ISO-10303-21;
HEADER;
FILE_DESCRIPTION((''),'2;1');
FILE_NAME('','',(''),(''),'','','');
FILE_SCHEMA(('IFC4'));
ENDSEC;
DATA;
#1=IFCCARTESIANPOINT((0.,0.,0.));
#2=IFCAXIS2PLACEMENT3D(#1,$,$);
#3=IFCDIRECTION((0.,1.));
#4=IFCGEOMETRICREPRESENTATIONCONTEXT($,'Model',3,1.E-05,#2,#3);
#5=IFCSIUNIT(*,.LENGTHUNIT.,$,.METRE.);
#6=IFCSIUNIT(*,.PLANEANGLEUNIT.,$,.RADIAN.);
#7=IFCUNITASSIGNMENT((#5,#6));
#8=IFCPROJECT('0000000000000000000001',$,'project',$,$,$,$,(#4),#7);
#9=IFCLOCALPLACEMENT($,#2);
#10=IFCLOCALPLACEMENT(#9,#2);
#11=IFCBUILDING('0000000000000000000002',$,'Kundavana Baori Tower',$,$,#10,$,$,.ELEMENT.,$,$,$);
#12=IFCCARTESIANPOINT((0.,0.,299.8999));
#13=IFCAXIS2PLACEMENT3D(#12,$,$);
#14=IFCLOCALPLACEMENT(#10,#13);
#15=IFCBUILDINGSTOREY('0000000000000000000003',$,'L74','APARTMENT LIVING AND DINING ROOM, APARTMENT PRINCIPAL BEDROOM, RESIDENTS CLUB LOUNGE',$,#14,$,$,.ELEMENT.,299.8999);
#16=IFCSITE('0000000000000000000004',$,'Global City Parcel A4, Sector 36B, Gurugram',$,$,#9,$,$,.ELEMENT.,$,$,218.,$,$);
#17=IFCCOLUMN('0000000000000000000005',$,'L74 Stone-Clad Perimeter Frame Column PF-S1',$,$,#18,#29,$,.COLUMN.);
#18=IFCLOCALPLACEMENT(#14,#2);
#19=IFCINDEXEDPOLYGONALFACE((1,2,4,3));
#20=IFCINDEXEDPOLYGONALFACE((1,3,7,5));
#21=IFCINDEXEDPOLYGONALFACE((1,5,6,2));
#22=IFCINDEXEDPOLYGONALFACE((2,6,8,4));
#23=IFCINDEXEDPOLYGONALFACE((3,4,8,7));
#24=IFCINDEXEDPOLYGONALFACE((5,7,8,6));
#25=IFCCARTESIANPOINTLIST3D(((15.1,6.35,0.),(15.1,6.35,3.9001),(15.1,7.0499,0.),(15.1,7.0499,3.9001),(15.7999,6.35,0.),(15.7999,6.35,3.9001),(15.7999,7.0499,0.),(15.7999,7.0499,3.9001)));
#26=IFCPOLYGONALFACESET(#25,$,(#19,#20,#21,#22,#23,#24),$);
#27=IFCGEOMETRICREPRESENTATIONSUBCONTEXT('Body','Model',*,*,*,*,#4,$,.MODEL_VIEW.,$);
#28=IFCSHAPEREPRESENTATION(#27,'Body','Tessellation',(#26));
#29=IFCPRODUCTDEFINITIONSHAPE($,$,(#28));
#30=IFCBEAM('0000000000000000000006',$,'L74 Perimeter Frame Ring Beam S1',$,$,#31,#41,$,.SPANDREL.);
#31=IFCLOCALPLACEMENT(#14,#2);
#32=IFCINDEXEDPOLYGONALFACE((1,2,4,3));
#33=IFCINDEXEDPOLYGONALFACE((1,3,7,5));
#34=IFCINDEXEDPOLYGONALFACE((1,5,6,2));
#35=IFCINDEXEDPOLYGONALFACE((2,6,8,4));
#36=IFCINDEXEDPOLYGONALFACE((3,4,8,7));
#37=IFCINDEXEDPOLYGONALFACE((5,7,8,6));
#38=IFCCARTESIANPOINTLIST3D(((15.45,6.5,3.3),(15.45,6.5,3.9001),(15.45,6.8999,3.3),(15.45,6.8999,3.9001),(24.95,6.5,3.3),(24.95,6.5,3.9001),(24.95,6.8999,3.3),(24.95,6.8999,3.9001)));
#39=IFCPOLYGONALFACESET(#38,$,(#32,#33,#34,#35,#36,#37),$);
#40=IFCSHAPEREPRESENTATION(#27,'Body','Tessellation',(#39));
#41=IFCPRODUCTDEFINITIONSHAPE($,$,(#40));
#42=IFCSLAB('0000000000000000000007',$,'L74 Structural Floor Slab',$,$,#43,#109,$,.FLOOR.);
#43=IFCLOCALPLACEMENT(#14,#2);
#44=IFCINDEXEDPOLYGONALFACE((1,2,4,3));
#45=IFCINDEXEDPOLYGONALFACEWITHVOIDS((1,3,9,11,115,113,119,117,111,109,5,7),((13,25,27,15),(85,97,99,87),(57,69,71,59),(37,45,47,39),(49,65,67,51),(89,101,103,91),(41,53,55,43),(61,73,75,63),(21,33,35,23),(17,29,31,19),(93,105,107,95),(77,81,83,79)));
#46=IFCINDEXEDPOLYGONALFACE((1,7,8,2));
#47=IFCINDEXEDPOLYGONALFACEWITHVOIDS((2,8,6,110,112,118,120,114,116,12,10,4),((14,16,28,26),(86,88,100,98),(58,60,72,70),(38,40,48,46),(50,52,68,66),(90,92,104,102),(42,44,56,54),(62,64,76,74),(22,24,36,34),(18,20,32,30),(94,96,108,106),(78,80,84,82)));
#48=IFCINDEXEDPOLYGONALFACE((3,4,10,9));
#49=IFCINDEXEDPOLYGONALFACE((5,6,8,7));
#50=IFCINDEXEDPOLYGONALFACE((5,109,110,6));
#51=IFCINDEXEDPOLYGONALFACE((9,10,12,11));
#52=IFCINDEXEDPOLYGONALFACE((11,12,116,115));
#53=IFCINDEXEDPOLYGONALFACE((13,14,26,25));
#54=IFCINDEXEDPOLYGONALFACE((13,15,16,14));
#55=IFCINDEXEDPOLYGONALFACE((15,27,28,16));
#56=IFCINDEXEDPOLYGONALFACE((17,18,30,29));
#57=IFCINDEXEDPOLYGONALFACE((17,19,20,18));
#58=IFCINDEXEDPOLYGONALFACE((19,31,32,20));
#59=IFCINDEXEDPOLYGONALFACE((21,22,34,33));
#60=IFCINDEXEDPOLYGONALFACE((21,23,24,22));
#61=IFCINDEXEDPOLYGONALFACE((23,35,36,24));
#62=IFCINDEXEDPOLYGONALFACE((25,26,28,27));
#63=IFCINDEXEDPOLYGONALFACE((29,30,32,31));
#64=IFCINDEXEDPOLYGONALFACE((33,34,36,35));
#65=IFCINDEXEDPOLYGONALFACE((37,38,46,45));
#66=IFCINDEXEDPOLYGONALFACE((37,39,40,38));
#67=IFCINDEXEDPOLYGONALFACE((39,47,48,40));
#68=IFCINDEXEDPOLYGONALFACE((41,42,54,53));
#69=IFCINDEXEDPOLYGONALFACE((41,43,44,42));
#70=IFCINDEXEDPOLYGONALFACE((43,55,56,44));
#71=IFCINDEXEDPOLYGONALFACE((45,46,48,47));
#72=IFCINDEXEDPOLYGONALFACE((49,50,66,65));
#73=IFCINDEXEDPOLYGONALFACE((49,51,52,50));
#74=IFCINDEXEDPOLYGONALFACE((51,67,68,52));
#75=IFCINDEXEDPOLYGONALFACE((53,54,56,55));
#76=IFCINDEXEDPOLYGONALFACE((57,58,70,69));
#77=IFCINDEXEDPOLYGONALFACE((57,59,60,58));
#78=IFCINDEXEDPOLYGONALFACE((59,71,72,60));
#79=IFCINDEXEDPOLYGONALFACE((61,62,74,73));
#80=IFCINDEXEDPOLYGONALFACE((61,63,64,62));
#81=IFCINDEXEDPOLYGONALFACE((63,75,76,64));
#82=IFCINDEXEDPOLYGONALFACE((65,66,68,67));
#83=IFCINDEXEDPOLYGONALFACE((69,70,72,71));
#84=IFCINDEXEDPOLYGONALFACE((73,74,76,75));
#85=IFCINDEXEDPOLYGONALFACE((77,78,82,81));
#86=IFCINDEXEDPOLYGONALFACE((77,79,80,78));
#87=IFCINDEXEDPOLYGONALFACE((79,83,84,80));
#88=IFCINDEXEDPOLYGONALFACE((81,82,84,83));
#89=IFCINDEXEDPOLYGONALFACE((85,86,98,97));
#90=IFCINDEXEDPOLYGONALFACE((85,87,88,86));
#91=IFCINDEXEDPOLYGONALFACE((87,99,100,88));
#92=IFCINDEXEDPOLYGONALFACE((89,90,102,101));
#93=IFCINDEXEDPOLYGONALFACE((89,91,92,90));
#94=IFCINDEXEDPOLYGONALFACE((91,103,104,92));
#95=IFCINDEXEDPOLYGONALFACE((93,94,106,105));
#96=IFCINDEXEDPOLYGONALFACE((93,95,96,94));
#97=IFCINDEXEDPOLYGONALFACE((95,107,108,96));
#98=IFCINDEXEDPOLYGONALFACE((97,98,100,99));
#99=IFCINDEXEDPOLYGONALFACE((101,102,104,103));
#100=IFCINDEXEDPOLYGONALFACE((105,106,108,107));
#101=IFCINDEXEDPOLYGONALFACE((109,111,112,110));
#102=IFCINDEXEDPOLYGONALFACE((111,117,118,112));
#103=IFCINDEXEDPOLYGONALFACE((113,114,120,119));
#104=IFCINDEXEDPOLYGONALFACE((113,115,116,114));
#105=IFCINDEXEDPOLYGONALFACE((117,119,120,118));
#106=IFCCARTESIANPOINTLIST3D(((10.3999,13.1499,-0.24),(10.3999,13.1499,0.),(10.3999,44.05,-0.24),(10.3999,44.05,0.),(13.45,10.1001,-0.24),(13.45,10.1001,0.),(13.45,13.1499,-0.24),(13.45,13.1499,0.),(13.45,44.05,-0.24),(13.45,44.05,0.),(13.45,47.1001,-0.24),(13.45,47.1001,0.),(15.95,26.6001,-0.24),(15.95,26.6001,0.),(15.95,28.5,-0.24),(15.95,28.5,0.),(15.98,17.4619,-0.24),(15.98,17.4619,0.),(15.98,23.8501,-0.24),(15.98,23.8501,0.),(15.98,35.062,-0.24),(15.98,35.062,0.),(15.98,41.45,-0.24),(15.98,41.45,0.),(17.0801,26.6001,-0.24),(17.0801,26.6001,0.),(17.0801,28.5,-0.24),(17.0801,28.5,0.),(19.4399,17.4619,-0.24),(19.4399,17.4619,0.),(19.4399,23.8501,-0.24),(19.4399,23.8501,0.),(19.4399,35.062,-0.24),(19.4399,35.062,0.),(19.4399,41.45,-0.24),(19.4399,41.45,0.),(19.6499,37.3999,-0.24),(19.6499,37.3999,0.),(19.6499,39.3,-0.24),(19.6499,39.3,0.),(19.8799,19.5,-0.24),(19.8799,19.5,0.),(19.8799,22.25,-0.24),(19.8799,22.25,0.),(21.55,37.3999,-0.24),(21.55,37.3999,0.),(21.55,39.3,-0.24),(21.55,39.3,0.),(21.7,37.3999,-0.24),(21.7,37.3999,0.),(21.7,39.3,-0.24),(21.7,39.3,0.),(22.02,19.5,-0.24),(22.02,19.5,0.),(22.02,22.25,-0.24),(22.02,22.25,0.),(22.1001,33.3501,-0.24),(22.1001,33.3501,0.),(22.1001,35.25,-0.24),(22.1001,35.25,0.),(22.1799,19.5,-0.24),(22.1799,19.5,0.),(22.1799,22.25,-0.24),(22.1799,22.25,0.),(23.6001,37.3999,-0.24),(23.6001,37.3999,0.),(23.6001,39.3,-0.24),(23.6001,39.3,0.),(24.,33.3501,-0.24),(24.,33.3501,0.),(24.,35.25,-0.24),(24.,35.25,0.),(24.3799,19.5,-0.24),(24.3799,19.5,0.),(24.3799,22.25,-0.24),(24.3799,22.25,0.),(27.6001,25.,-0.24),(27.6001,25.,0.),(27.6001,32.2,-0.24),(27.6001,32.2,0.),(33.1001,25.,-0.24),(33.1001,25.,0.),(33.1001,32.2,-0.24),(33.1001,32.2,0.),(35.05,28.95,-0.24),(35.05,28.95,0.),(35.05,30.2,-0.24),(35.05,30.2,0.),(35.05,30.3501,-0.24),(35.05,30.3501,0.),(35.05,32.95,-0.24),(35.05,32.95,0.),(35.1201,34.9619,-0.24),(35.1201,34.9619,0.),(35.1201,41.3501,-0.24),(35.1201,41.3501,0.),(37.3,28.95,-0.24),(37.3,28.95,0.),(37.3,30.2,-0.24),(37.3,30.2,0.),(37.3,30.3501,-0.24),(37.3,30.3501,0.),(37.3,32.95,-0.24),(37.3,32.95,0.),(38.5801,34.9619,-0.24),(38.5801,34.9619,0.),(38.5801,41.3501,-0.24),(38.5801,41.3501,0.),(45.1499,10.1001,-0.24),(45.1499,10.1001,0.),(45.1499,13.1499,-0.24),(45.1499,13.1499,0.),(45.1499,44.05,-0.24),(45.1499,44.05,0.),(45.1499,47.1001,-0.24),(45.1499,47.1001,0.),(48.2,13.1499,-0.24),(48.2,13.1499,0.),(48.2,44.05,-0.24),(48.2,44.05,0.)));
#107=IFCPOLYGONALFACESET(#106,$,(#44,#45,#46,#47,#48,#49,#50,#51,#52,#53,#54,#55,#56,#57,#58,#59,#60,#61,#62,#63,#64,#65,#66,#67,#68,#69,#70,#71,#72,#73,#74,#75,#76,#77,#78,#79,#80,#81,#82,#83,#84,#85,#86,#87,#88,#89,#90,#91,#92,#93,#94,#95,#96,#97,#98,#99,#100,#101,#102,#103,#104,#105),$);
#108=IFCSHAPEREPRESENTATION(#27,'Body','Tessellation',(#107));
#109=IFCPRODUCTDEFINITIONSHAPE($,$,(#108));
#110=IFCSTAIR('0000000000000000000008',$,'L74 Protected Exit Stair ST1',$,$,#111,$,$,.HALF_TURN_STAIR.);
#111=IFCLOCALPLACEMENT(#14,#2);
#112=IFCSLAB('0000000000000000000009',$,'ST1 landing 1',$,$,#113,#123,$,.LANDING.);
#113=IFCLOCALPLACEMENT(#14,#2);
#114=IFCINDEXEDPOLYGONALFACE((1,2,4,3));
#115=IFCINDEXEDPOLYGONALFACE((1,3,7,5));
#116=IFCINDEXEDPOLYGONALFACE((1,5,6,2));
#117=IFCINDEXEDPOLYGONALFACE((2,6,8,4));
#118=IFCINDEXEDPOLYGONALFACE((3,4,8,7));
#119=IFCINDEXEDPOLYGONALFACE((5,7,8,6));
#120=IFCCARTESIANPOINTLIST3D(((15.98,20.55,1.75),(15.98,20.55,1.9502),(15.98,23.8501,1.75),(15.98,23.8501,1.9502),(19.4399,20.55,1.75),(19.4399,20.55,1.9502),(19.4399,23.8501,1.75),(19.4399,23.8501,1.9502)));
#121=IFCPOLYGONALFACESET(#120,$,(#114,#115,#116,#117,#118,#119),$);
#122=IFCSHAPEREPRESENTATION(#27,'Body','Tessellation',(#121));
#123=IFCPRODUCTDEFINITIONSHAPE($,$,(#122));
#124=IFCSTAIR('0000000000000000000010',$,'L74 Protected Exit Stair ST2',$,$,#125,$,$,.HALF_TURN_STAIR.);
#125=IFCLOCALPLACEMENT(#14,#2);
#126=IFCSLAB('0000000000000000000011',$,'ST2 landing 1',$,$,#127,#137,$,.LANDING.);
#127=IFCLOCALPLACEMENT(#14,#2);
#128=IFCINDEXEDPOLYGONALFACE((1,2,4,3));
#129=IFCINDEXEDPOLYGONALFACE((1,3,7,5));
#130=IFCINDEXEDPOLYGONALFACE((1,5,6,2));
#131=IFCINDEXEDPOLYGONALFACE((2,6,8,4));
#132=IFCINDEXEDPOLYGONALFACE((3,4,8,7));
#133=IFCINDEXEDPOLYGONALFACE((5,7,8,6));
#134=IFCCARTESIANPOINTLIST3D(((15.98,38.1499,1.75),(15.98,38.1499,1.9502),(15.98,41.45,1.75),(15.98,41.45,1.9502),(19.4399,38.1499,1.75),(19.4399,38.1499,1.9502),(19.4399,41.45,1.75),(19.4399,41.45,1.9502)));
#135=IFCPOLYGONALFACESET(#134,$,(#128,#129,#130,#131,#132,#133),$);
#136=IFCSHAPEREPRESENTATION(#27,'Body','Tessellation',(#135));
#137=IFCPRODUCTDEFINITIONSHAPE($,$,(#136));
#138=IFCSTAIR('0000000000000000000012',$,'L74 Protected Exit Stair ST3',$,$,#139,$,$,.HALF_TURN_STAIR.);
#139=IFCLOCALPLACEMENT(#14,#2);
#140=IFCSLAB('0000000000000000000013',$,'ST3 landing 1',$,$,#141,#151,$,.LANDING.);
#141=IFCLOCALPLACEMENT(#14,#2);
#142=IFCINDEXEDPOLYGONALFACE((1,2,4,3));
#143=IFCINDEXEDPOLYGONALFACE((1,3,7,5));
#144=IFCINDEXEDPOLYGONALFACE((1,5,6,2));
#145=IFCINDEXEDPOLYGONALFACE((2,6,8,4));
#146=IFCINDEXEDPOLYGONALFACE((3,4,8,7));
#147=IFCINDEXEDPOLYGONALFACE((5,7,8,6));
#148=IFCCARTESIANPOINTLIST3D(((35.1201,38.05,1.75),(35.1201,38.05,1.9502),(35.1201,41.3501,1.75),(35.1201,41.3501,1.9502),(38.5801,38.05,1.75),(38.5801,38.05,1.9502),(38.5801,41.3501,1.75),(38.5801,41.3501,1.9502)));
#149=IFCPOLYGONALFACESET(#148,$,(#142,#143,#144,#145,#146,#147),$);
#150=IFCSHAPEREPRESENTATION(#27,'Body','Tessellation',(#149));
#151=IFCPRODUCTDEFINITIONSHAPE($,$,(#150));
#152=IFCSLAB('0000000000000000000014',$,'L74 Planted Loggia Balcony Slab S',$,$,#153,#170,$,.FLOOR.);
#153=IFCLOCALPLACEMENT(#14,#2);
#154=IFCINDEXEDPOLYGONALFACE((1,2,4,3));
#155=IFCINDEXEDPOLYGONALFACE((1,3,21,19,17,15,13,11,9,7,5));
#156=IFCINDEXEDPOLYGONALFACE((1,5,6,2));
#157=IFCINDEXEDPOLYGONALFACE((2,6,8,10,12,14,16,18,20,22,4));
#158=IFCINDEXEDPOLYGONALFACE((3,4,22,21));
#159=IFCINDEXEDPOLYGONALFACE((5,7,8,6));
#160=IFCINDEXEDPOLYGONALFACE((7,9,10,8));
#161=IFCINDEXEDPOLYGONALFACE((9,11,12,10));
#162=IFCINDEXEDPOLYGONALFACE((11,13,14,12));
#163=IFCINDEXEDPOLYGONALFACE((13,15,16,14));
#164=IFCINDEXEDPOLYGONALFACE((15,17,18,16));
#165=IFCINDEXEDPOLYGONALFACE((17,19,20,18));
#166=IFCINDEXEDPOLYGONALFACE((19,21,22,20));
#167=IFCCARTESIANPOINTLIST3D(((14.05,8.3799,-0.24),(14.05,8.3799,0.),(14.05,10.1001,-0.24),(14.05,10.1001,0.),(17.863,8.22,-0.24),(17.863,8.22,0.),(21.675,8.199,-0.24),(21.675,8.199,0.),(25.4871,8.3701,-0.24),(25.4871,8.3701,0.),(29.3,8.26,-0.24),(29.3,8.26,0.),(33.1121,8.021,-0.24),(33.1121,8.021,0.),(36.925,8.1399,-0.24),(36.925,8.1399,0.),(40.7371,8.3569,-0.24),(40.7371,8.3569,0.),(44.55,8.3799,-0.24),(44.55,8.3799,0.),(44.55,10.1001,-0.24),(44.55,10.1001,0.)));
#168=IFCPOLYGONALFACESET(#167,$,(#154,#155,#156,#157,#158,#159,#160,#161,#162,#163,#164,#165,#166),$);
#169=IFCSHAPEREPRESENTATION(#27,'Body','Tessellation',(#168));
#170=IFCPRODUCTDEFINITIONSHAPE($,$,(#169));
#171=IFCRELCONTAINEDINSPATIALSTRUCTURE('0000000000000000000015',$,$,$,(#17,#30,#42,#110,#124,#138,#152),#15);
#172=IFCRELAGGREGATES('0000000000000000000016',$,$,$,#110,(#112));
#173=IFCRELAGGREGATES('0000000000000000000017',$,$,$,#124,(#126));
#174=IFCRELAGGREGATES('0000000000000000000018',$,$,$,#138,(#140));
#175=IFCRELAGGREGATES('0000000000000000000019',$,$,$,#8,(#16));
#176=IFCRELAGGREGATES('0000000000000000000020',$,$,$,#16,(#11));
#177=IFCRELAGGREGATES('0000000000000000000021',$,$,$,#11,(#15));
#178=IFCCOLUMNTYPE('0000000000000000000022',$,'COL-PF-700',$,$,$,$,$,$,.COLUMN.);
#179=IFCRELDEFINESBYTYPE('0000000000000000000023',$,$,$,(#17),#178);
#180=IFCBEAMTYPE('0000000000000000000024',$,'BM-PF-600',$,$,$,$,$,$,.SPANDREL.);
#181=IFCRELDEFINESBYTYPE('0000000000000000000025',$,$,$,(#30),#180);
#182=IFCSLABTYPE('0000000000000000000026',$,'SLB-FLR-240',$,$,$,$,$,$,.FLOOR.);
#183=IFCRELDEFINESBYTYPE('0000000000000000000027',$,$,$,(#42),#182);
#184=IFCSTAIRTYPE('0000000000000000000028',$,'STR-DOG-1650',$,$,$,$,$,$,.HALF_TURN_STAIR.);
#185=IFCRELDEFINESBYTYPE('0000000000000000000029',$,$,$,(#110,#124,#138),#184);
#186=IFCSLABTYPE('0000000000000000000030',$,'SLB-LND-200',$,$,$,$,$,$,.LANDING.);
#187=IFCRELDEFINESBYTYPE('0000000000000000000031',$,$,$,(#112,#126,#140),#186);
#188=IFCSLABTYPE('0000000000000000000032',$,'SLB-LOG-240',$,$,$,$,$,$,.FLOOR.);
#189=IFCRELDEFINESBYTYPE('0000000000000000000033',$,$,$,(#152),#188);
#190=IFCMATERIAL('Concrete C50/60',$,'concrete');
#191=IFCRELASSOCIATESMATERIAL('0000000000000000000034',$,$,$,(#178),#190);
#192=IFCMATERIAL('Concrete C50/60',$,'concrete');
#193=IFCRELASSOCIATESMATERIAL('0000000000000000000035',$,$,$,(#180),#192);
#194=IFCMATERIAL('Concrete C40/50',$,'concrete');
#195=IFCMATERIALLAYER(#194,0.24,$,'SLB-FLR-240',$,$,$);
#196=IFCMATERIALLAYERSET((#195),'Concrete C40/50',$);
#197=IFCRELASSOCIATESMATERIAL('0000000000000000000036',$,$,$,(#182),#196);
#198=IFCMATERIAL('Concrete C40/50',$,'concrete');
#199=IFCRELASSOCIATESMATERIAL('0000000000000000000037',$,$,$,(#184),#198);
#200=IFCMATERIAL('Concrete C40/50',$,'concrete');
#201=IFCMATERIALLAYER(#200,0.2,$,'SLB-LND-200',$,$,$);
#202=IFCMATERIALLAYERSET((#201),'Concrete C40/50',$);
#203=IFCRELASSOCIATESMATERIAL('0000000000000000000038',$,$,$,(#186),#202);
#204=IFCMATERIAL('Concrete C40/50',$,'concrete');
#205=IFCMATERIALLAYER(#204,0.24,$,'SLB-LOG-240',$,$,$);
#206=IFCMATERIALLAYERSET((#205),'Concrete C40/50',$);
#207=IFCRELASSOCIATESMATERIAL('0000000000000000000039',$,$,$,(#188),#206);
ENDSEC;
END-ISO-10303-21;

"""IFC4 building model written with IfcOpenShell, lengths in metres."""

from ifc_helpers import new_model, si_unit, direction, frame, origin, origin_2d, place, context, subcontext, project, spatial, polyline, rectangle, outline, extrude, material, layer, layer_set, material_profile, profile_set, type_object, element, aggregate, save


model = new_model("IFC4")

# Units and contexts
model_context = context("Model", 3, precision=1e-05, world=origin(), true_north=direction((0.0, 1.0)))
body_context = subcontext(model_context, "Body", "Model", "MODEL_VIEW")
ifc_project = project(units=[si_unit("LENGTHUNIT", "METRE"), si_unit("PLANEANGLEUNIT", "RADIAN")], contexts=[model_context])

# Site, building, storey
site_placement = place(None, origin())
site = spatial("IfcSite", under=ifc_project, at=site_placement, Name="Global City Parcel A4, Sector 36B, Gurugram", CompositionType="ELEMENT", RefElevation=218.0)
building_placement = place(site_placement, origin())
building = spatial("IfcBuilding", under=site, at=building_placement, Name="Kundavana Baori Tower", CompositionType="ELEMENT")
storey_placement = place(building_placement, frame((0.0, 0.0, 299.8999)))
storey = spatial("IfcBuildingStorey", under=building, at=storey_placement, Name="L74", Description="APARTMENT LIVING AND DINING ROOM, APARTMENT PRINCIPAL BEDROOM, RESIDENTS CLUB LOUNGE", CompositionType="ELEMENT", Elevation=299.8999)

# Column
ifc_material_1 = material(Name="Concrete C50/60", Category="concrete")
ifc_material_profile_1 = material_profile(ifc_material_1, rectangle(XDim=0.7, YDim=0.7, at=origin_2d()), Name="RC PF 700x700")
ifc_profile_set_1 = profile_set([ifc_material_profile_1], Name="Concrete C50/60")
column_type = type_object("IfcColumnType", Name="COL-PF-700", PredefinedType="COLUMN", material=ifc_profile_set_1)
column_placement = place(storey_placement, frame((15.45, 6.7, 0.0), z_axis=(0.0, 0.0, 1.0), x_axis=(1.0, 0.0, 0.0)))
element("IfcColumn", 1, at=column_placement, inside=storey, type_object=column_type, Name="L74 Stone-Clad Perimeter Frame Column PF-S1", PredefinedType="COLUMN", context=body_context, shape_type="SweptSolid", body=[
    extrude(rectangle(XDim=0.7, YDim=0.7, at=origin_2d()), origin(), (0.0, 0.0, 1.0), 3.9001),
])

# Beam
ifc_material_2 = material(Name="Concrete C50/60", Category="concrete")
ifc_material_profile_2 = material_profile(ifc_material_2, rectangle(XDim=0.3999, YDim=0.6001, at=origin_2d()), Name="RC BM 400x600")
ifc_profile_set_2 = profile_set([ifc_material_profile_2], Name="Concrete C50/60")
beam_type = type_object("IfcBeamType", Name="BM-PF-600", PredefinedType="SPANDREL", material=ifc_profile_set_2)
beam_placement = place(storey_placement, frame((15.45, 6.7, 3.6001), z_axis=(1.0, 0.0, 0.0), x_axis=(0.0, 1.0, 0.0)))
element("IfcBeam", 2, at=beam_placement, inside=storey, type_object=beam_type, Name="L74 Perimeter Frame Ring Beam S1", PredefinedType="SPANDREL", context=body_context, shape_type="SweptSolid", body=[
    extrude(rectangle(XDim=0.3999, YDim=0.6001, at=origin_2d()), origin(), (0.0, 0.0, 1.0), 9.5),
])

# Slab
ifc_material_3 = material(Name="Concrete C40/50", Category="concrete")
ifc_layer_1 = layer(ifc_material_3, 0.24, Name="SLB-FLR-240")
ifc_layer_set_1 = layer_set([ifc_layer_1], Name="Concrete C40/50")
slab_type_1 = type_object("IfcSlabType", Name="SLB-FLR-240", PredefinedType="FLOOR", material=ifc_layer_set_1)
slab_1_placement = place(storey_placement, frame((0.0, 0.0, -0.24)))
element("IfcSlab", 3, at=slab_1_placement, inside=storey, type_object=slab_type_1, Name="L74 Structural Floor Slab", PredefinedType="FLOOR", context=body_context, shape_type="SweptSolid", body=[
    extrude(outline(polyline([(13.45, 10.1001), (45.1499, 10.1001), (45.1499, 13.1499), (48.2, 13.1499), (48.2, 44.05), (45.1499, 44.05), (45.1499, 47.1001), (13.45, 47.1001), (13.45, 44.05), (10.3999, 44.05), (10.3999, 13.1499), (13.45, 13.1499), (13.45, 10.1001)]), holes=[polyline([(19.4399, 17.4619), (19.4399, 23.8501), (15.98, 23.8501), (15.98, 17.4619), (19.4399, 17.4619)]), polyline([(19.4399, 35.062), (19.4399, 41.45), (15.98, 41.45), (15.98, 35.062), (19.4399, 35.062)]), polyline([(38.5801, 34.9619), (38.5801, 41.3501), (35.1201, 41.3501), (35.1201, 34.9619), (38.5801, 34.9619)]), polyline([(19.6499, 37.3999), (21.55, 37.3999), (21.55, 39.3), (19.6499, 39.3), (19.6499, 37.3999)]), polyline([(21.7, 37.3999), (23.6001, 37.3999), (23.6001, 39.3), (21.7, 39.3), (21.7, 37.3999)]), polyline([(22.1001, 33.3501), (24.0, 33.3501), (24.0, 35.25), (22.1001, 35.25), (22.1001, 33.3501)]), polyline([(19.8799, 19.5), (22.02, 19.5), (22.02, 22.25), (19.8799, 22.25), (19.8799, 19.5)]), polyline([(22.1799, 19.5), (24.3799, 19.5), (24.3799, 22.25), (22.1799, 22.25), (22.1799, 19.5)]), polyline([(35.05, 30.3501), (37.3, 30.3501), (37.3, 32.95), (35.05, 32.95), (35.05, 30.3501)]), polyline([(15.95, 26.6001), (17.0801, 26.6001), (17.0801, 28.5), (15.95, 28.5), (15.95, 26.6001)]), polyline([(35.05, 28.95), (37.3, 28.95), (37.3, 30.2), (35.05, 30.2), (35.05, 28.95)]), polyline([(27.6001, 25.0), (33.1001, 25.0), (33.1001, 32.2), (27.6001, 32.2), (27.6001, 25.0)])]), origin(), (0.0, 0.0, 1.0), 0.24),
])

# Stairs, slabs
ifc_material_4 = material(Name="Concrete C40/50", Category="concrete")
stair_type = type_object("IfcStairType", Name="STR-DOG-1650", PredefinedType="HALF_TURN_STAIR", material=ifc_material_4)
stair_1_placement = place(storey_placement, origin())
stair_1 = element("IfcStair", 4, at=stair_1_placement, inside=storey, type_object=stair_type, Name="L74 Protected Exit Stair ST1", PredefinedType="HALF_TURN_STAIR")
ifc_material_5 = material(Name="Concrete C40/50", Category="concrete")
ifc_layer_2 = layer(ifc_material_5, 0.2, Name="SLB-LND-200")
ifc_layer_set_2 = layer_set([ifc_layer_2], Name="Concrete C40/50")
slab_type_2 = type_object("IfcSlabType", Name="SLB-LND-200", PredefinedType="LANDING", material=ifc_layer_set_2)
slab_2_placement = place(storey_placement, frame((0.0, 0.0, 1.75)))
slab_2 = element("IfcSlab", 5, at=slab_2_placement, type_object=slab_type_2, Name="ST1 landing 1", PredefinedType="LANDING", context=body_context, shape_type="SweptSolid", body=[
    extrude(outline(polyline([(19.4399, 20.55), (19.4399, 23.8501), (15.98, 23.8501), (15.98, 20.55), (19.4399, 20.55)])), origin(), (0.0, 0.0, 1.0), 0.2002),
])
aggregate(stair_1, [slab_2])
stair_2_placement = place(storey_placement, origin())
stair_2 = element("IfcStair", 6, at=stair_2_placement, inside=storey, type_object=stair_type, Name="L74 Protected Exit Stair ST2", PredefinedType="HALF_TURN_STAIR")
slab_3_placement = place(storey_placement, frame((0.0, 0.0, 1.75)))
slab_3 = element("IfcSlab", 7, at=slab_3_placement, type_object=slab_type_2, Name="ST2 landing 1", PredefinedType="LANDING", context=body_context, shape_type="SweptSolid", body=[
    extrude(outline(polyline([(19.4399, 38.1499), (19.4399, 41.45), (15.98, 41.45), (15.98, 38.1499), (19.4399, 38.1499)])), origin(), (0.0, 0.0, 1.0), 0.2002),
])
aggregate(stair_2, [slab_3])
stair_3_placement = place(storey_placement, origin())
stair_3 = element("IfcStair", 8, at=stair_3_placement, inside=storey, type_object=stair_type, Name="L74 Protected Exit Stair ST3", PredefinedType="HALF_TURN_STAIR")
slab_4_placement = place(storey_placement, frame((0.0, 0.0, 1.75)))
slab_4 = element("IfcSlab", 9, at=slab_4_placement, type_object=slab_type_2, Name="ST3 landing 1", PredefinedType="LANDING", context=body_context, shape_type="SweptSolid", body=[
    extrude(outline(polyline([(38.5801, 38.05), (38.5801, 41.3501), (35.1201, 41.3501), (35.1201, 38.05), (38.5801, 38.05)])), origin(), (0.0, 0.0, 1.0), 0.2002),
])
aggregate(stair_3, [slab_4])

# Slab
ifc_material_6 = material(Name="Concrete C40/50", Category="concrete")
ifc_layer_3 = layer(ifc_material_6, 0.24, Name="SLB-LOG-240")
ifc_layer_set_3 = layer_set([ifc_layer_3], Name="Concrete C40/50")
slab_type_3 = type_object("IfcSlabType", Name="SLB-LOG-240", PredefinedType="FLOOR", material=ifc_layer_set_3)
slab_5_placement = place(storey_placement, frame((0.0, 0.0, -0.24)))
element("IfcSlab", 10, at=slab_5_placement, inside=storey, type_object=slab_type_3, Name="L74 Planted Loggia Balcony Slab S", PredefinedType="FLOOR", context=body_context, shape_type="SweptSolid", body=[
    extrude(outline(polyline([(14.05, 10.1001), (44.55, 10.1001), (44.55, 8.3799), (40.7371, 8.3569), (36.925, 8.1399), (33.1121, 8.021), (29.3, 8.26), (25.4871, 8.3701), (21.675, 8.199), (17.863, 8.22), (14.05, 8.3799), (14.05, 10.1001)])), origin(), (0.0, 0.0, 1.0), 0.24),
])

save(model, "model.ifc")
